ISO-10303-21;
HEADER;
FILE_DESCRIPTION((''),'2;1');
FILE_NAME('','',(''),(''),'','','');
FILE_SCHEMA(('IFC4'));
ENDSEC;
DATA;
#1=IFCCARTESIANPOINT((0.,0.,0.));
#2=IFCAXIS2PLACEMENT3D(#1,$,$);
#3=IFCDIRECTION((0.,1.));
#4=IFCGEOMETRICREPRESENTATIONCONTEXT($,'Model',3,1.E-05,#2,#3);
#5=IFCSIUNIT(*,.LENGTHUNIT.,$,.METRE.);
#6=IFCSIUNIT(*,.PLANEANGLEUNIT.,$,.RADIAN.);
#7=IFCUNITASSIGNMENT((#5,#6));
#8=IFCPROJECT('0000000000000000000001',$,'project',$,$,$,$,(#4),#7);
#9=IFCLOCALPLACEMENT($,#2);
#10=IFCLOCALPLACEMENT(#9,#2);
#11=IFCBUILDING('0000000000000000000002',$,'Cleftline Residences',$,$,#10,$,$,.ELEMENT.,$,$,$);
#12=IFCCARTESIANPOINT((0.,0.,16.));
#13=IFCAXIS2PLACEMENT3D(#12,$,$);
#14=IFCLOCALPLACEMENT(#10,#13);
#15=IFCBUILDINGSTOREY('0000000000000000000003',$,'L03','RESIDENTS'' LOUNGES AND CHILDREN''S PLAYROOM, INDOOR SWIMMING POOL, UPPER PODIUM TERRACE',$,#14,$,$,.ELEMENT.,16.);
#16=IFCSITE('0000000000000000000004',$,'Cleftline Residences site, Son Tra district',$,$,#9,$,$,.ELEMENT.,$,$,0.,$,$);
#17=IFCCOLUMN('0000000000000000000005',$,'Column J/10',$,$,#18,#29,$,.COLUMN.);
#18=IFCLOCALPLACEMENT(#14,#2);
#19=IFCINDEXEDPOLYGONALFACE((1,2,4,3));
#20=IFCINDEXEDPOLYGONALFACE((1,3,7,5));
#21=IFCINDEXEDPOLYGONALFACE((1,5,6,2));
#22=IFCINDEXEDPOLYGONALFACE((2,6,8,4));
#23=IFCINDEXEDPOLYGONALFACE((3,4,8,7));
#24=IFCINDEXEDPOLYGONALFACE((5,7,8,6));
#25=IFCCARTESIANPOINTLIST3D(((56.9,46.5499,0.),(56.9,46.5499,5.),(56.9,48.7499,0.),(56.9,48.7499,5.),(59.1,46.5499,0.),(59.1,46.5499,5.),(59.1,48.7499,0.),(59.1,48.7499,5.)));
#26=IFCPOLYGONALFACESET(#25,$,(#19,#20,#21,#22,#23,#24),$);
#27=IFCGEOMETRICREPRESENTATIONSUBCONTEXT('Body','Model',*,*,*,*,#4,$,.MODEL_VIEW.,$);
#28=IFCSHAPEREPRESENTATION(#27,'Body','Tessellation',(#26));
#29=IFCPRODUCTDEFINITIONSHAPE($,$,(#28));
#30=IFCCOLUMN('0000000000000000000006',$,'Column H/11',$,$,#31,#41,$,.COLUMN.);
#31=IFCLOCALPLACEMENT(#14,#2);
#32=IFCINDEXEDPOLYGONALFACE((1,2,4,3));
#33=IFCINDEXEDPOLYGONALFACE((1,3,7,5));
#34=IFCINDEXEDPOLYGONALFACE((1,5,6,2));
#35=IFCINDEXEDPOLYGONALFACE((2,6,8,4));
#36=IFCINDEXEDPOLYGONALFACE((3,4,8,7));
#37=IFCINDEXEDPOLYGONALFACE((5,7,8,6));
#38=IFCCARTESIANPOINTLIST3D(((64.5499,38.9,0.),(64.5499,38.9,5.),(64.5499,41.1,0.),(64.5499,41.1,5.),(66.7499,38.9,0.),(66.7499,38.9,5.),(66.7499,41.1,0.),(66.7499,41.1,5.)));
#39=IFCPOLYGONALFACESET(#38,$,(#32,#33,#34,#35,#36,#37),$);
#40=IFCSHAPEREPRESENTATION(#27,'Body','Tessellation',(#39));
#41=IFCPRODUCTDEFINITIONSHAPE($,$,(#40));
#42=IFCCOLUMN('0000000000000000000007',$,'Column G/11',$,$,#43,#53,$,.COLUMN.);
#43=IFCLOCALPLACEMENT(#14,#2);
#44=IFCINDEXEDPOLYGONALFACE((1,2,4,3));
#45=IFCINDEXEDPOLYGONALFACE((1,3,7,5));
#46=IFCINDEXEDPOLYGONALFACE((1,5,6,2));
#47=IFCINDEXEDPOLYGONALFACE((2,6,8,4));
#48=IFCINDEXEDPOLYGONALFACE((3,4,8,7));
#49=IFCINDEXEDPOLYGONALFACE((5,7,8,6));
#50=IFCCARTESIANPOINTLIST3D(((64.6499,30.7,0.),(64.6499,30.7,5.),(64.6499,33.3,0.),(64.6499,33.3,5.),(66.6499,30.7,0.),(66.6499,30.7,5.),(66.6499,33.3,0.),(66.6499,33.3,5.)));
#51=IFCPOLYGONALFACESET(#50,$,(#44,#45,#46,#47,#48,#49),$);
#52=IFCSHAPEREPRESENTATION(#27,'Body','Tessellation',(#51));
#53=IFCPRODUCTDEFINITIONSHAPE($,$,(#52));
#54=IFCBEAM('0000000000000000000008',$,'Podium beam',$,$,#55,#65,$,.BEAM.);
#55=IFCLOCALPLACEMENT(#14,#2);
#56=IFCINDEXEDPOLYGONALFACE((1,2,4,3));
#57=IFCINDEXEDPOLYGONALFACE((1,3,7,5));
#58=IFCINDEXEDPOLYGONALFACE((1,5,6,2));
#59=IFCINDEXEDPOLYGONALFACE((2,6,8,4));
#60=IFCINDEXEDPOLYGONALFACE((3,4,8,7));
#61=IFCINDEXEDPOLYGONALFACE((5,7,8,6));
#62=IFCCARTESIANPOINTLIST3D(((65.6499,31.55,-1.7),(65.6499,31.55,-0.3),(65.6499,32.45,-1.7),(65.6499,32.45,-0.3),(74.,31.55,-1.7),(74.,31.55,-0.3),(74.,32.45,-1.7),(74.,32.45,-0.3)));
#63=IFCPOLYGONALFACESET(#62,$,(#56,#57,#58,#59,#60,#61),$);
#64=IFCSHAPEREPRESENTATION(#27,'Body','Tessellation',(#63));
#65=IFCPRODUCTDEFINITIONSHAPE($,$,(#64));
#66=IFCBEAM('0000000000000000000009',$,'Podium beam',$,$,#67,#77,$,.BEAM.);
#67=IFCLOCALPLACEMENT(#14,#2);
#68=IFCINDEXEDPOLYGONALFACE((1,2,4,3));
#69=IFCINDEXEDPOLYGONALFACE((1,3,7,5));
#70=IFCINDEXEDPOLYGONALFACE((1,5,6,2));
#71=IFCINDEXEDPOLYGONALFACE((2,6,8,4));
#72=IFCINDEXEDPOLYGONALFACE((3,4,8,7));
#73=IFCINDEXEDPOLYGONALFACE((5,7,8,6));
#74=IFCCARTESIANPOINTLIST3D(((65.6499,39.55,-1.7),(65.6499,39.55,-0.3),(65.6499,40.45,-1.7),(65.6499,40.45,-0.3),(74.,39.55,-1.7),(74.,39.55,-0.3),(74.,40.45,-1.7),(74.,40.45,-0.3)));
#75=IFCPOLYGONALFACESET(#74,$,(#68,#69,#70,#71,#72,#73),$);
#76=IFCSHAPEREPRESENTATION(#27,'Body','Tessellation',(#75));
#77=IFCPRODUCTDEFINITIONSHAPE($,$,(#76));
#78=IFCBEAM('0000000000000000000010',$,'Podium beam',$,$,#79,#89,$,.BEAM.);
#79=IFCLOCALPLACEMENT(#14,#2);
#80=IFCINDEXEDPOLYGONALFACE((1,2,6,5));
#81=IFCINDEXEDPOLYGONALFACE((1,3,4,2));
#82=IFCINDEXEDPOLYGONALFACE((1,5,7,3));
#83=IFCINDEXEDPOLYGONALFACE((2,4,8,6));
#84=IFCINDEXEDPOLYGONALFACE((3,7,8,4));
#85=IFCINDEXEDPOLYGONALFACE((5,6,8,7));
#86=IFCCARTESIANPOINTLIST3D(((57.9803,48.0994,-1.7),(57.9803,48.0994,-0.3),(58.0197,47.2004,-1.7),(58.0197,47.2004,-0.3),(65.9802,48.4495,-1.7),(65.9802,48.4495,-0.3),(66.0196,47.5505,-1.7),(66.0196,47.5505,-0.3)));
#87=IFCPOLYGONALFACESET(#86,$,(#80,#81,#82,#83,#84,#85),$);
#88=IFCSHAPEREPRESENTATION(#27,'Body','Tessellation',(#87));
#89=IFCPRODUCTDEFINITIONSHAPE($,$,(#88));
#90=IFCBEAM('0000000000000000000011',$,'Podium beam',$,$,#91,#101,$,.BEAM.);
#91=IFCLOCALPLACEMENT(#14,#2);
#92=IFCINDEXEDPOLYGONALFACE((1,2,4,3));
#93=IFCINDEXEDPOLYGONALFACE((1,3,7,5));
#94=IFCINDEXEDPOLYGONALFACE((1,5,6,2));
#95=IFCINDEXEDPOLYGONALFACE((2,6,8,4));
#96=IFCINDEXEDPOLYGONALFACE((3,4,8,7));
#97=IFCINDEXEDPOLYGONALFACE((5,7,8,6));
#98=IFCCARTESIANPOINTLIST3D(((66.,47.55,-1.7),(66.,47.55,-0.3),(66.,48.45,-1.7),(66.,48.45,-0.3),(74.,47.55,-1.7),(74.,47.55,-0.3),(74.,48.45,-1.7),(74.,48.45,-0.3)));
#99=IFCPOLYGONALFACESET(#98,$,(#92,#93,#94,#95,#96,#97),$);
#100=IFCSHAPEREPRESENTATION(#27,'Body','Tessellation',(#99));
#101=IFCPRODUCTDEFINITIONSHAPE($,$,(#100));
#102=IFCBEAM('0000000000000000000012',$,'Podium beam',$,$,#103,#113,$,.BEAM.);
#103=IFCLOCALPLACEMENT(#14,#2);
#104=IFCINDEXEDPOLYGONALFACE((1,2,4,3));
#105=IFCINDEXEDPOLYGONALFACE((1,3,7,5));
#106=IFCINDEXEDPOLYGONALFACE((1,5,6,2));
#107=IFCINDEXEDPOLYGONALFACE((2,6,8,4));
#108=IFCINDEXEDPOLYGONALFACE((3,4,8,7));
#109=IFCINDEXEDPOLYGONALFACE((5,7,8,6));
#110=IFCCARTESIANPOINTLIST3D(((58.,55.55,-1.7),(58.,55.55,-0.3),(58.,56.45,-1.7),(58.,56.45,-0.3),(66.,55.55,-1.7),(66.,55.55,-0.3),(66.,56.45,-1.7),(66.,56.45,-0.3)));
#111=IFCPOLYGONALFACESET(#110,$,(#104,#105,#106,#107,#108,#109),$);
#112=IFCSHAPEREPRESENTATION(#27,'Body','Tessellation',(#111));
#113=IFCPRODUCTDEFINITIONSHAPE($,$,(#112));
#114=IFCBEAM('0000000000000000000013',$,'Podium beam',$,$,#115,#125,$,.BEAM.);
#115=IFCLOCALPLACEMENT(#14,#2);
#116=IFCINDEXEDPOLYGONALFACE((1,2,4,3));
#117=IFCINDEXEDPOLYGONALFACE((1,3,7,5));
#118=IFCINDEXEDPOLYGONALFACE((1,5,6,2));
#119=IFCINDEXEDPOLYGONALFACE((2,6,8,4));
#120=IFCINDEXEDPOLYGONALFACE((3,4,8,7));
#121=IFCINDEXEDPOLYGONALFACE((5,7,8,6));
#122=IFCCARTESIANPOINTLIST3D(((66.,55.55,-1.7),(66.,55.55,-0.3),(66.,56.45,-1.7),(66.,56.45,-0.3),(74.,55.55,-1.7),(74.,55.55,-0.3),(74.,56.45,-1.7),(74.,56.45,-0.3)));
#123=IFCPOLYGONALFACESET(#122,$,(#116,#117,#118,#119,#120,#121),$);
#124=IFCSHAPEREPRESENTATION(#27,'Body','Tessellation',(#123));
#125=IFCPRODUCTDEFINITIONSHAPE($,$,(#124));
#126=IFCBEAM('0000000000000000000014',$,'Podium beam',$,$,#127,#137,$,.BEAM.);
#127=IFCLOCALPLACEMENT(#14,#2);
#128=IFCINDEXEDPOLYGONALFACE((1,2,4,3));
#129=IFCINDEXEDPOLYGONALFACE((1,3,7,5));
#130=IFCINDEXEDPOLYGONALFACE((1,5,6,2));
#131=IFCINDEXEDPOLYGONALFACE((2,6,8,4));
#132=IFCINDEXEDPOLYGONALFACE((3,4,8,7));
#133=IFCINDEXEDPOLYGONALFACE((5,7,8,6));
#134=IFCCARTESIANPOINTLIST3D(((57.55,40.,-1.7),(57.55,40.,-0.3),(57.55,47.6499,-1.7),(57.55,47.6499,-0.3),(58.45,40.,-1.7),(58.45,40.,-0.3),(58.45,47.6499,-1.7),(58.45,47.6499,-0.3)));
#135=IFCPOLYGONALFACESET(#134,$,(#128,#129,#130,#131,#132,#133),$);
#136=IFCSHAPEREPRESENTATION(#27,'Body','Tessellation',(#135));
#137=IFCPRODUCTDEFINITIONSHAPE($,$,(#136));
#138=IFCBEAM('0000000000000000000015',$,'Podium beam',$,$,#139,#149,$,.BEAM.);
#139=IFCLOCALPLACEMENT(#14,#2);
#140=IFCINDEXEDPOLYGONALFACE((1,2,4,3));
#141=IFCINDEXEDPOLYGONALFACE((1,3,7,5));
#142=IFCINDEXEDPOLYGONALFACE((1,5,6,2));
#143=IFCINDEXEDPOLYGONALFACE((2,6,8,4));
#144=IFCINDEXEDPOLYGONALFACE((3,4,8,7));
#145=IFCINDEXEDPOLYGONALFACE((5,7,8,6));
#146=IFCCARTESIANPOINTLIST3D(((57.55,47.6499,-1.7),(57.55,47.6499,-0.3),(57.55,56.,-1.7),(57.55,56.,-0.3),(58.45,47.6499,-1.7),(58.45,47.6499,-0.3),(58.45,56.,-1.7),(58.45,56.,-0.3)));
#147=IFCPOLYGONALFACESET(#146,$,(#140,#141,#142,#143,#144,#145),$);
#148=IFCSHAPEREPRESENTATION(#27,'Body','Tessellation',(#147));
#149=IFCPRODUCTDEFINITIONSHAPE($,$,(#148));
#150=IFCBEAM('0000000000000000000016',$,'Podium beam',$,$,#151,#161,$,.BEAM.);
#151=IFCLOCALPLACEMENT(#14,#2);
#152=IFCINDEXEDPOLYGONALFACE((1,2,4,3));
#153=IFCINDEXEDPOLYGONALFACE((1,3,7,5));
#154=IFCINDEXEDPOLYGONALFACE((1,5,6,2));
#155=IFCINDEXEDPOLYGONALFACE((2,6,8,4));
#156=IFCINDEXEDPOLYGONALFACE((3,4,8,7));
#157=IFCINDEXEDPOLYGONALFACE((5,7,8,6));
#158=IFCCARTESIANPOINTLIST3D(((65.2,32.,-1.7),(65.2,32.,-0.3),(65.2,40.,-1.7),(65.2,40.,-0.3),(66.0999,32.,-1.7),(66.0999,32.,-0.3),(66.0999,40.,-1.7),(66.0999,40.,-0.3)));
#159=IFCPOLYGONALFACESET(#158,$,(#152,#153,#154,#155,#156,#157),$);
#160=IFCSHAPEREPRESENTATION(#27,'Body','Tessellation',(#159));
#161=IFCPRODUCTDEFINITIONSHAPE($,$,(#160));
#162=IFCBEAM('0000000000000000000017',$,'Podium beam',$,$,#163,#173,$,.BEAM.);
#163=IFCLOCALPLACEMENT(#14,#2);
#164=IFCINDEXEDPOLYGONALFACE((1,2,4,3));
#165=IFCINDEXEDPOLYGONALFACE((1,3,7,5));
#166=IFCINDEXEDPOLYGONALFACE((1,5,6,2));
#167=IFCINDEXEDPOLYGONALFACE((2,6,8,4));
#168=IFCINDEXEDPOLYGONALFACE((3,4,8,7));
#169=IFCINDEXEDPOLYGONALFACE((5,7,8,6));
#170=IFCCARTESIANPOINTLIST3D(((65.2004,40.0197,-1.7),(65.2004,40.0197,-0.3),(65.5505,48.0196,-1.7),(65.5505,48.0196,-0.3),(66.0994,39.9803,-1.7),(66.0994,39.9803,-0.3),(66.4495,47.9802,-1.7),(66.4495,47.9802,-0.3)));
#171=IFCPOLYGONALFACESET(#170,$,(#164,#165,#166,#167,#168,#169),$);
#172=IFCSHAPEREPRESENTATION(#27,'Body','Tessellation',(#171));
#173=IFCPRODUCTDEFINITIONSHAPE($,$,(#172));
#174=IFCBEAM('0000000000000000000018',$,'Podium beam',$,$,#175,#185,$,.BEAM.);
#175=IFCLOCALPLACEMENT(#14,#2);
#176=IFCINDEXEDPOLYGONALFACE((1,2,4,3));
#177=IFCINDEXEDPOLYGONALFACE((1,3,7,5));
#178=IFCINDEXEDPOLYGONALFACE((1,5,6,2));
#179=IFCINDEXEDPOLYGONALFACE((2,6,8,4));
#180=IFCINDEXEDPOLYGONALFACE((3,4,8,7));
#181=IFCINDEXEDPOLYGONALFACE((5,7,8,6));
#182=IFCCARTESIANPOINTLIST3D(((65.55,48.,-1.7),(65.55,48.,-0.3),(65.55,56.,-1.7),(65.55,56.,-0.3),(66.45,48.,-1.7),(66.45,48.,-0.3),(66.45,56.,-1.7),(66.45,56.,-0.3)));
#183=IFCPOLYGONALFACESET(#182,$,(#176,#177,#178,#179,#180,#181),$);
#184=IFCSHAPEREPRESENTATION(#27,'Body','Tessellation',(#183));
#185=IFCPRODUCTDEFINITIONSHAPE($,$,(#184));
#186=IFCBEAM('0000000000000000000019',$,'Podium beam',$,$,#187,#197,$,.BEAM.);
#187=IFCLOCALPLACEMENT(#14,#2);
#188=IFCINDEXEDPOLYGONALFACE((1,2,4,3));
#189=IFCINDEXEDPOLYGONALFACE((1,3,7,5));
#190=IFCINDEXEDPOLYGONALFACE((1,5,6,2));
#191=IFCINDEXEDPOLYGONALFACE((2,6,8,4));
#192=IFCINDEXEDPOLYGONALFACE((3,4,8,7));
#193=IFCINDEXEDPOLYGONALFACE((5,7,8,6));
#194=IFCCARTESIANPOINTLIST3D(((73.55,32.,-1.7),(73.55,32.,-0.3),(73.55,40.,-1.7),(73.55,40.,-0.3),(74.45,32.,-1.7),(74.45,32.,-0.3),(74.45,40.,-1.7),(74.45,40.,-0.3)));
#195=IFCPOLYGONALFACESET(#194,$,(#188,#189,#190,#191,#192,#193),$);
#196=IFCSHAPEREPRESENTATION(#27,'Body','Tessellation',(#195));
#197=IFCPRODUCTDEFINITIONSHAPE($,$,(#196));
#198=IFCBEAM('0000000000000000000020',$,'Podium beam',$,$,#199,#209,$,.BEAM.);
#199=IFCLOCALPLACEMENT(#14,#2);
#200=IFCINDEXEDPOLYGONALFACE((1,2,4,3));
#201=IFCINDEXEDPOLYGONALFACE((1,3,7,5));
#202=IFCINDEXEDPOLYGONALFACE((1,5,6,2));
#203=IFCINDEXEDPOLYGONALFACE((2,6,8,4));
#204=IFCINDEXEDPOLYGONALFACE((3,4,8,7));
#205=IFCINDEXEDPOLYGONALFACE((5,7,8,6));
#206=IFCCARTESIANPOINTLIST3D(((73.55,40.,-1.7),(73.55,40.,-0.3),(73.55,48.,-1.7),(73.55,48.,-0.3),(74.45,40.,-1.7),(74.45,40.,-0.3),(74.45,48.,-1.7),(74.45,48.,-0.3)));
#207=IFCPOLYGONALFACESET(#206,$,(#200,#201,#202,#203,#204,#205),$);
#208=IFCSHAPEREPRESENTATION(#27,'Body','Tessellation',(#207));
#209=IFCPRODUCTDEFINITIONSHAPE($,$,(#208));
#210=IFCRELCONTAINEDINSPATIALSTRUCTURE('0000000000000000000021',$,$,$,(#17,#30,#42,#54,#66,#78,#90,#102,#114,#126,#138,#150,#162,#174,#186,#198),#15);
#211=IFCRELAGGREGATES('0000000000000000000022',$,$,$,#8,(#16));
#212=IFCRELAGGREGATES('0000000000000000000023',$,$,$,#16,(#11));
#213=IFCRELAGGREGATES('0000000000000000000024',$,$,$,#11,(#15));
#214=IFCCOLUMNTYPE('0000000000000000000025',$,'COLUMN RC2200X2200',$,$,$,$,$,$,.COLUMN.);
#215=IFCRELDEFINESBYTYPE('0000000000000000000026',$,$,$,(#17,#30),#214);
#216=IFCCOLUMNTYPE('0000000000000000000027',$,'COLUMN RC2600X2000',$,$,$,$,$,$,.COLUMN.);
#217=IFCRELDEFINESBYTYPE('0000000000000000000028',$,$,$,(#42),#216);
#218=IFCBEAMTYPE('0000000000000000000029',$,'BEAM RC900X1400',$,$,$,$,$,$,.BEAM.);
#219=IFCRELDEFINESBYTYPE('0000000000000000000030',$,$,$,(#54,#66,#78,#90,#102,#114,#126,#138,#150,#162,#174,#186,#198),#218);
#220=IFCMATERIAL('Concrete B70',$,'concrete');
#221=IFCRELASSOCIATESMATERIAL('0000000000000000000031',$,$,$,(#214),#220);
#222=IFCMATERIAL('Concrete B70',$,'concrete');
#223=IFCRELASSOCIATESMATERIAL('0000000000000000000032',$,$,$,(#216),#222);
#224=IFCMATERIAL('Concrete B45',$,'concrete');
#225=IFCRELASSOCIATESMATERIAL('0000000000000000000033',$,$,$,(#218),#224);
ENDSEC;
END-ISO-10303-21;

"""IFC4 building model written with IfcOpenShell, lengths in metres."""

from ifc_helpers import new_model, si_unit, direction, frame, origin, origin_2d, place, context, subcontext, project, spatial, rectangle, extrude, material, material_profile, profile_set, type_object, element, save


model = new_model("IFC4")

# Units and contexts
model_context = context("Model", 3, precision=1e-05, world=origin(), true_north=direction((0.0, 1.0)))
body_context = subcontext(model_context, "Body", "Model", "MODEL_VIEW")
ifc_project = project(units=[si_unit("LENGTHUNIT", "METRE"), si_unit("PLANEANGLEUNIT", "RADIAN")], contexts=[model_context])

# Site, building, storey
site_placement = place(None, origin())
site = spatial("IfcSite", under=ifc_project, at=site_placement, Name="Cleftline Residences site, Son Tra district", CompositionType="ELEMENT", RefElevation=0.0)
building_placement = place(site_placement, origin())
building = spatial("IfcBuilding", under=site, at=building_placement, Name="Cleftline Residences", CompositionType="ELEMENT")
storey_placement = place(building_placement, frame((0.0, 0.0, 16.0)))
storey = spatial("IfcBuildingStorey", under=building, at=storey_placement, Name="L03", Description="RESIDENTS' LOUNGES AND CHILDREN'S PLAYROOM, INDOOR SWIMMING POOL, UPPER PODIUM TERRACE", CompositionType="ELEMENT", Elevation=16.0)

# Columns
ifc_material_1 = material(Name="Concrete B70", Category="concrete")
ifc_material_profile_1 = material_profile(ifc_material_1, rectangle(XDim=2.2, YDim=2.2, at=origin_2d()))
ifc_profile_set_1 = profile_set([ifc_material_profile_1], Name="Concrete B70")
column_type_1 = type_object("IfcColumnType", Name="COLUMN RC2200X2200", PredefinedType="COLUMN", material=ifc_profile_set_1)
for number, where, z_axis, x_axis, name in (
    (1, (58.0, 47.6499, 0.0), (0.0, 0.0, 1.0), (1.0, 0.0, 0.0), "Column J/10"),
    (2, (65.6499, 40.0, 0.0), (0.0, 0.0, 1.0), (1.0, 0.0, 0.0), "Column H/11"),
):
    element("IfcColumn", number, at=place(storey_placement, frame(where, z_axis=z_axis, x_axis=x_axis)), inside=storey, type_object=column_type_1, Name=name, PredefinedType="COLUMN", context=body_context, shape_type="SweptSolid", body=[
        extrude(rectangle(XDim=2.2, YDim=2.2, at=origin_2d()), origin(), (0.0, 0.0, 1.0), 5.0),
    ])
ifc_material_2 = material(Name="Concrete B70", Category="concrete")
ifc_material_profile_2 = material_profile(ifc_material_2, rectangle(XDim=2.6001, YDim=2.0, at=origin_2d()))
ifc_profile_set_2 = profile_set([ifc_material_profile_2], Name="Concrete B70")
column_type_2 = type_object("IfcColumnType", Name="COLUMN RC2600X2000", PredefinedType="COLUMN", material=ifc_profile_set_2)
column_placement = place(storey_placement, frame((65.6499, 32.0, 0.0), z_axis=(0.0, 0.0, 1.0), x_axis=(0.0, 1.0, 0.0)))
element("IfcColumn", 3, at=column_placement, inside=storey, type_object=column_type_2, Name="Column G/11", PredefinedType="COLUMN", context=body_context, shape_type="SweptSolid", body=[
    extrude(rectangle(XDim=2.6001, YDim=2.0, at=origin_2d()), origin(), (0.0, 0.0, 1.0), 5.0),
])

# Beams
ifc_material_3 = material(Name="Concrete B45", Category="concrete")
ifc_material_profile_3 = material_profile(ifc_material_3, rectangle(XDim=0.8999, YDim=1.3999, at=origin_2d()))
ifc_profile_set_3 = profile_set([ifc_material_profile_3], Name="Concrete B45")
beam_type = type_object("IfcBeamType", Name="BEAM RC900X1400", PredefinedType="BEAM", material=ifc_profile_set_3)
for number, where, z_axis, x_axis, name in (
    (4, (65.6499, 32.0, -1.0), (1.0, 0.0, 0.0), (0.0, 1.0, 0.0), "Podium beam"),
    (5, (65.6499, 40.0, -1.0), (1.0, 0.0, 0.0), (0.0, 1.0, 0.0), "Podium beam"),
):
    element("IfcBeam", number, at=place(storey_placement, frame(where, z_axis=z_axis, x_axis=x_axis)), inside=storey, type_object=beam_type, Name=name, PredefinedType="BEAM", context=body_context, shape_type="SweptSolid", body=[
        extrude(rectangle(XDim=0.8999, YDim=1.3999, at=origin_2d()), origin(), (0.0, 0.0, 1.0), 8.3501),
    ])
beam_1_placement = place(storey_placement, frame((58.0, 47.6499, -1.0), z_axis=(0.999044, 0.04372, 0.0), x_axis=(-0.04372, 0.999044, 0.0)))
element("IfcBeam", 6, at=beam_1_placement, inside=storey, type_object=beam_type, Name="Podium beam", PredefinedType="BEAM", context=body_context, shape_type="SweptSolid", body=[
    extrude(rectangle(XDim=0.8999, YDim=1.3999, at=origin_2d()), origin(), (0.0, 0.0, 1.0), 8.0076),
])
for number, where, z_axis, x_axis, name in (
    (7, (66.0, 48.0, -1.0), (1.0, 0.0, 0.0), (0.0, 1.0, 0.0), "Podium beam"),
    (8, (58.0, 56.0, -1.0), (1.0, 0.0, 0.0), (0.0, 1.0, 0.0), "Podium beam"),
    (9, (66.0, 56.0, -1.0), (1.0, 0.0, 0.0), (0.0, 1.0, 0.0), "Podium beam"),
):
    element("IfcBeam", number, at=place(storey_placement, frame(where, z_axis=z_axis, x_axis=x_axis)), inside=storey, type_object=beam_type, Name=name, PredefinedType="BEAM", context=body_context, shape_type="SweptSolid", body=[
        extrude(rectangle(XDim=0.8999, YDim=1.3999, at=origin_2d()), origin(), (0.0, 0.0, 1.0), 8.0),
    ])
beam_2_placement = place(storey_placement, frame((58.0, 40.0, -1.0), z_axis=(0.0, 1.0, 0.0), x_axis=(-1.0, 0.0, 0.0)))
element("IfcBeam", 10, at=beam_2_placement, inside=storey, type_object=beam_type, Name="Podium beam", PredefinedType="BEAM", context=body_context, shape_type="SweptSolid", body=[
    extrude(rectangle(XDim=0.8999, YDim=1.3999, at=origin_2d()), origin(), (0.0, 0.0, 1.0), 7.6499),
])
beam_3_placement = place(storey_placement, frame((58.0, 47.6499, -1.0), z_axis=(0.0, 1.0, 0.0), x_axis=(-1.0, 0.0, 0.0)))
element("IfcBeam", 11, at=beam_3_placement, inside=storey, type_object=beam_type, Name="Podium beam", PredefinedType="BEAM", context=body_context, shape_type="SweptSolid", body=[
    extrude(rectangle(XDim=0.8999, YDim=1.3999, at=origin_2d()), origin(), (0.0, 0.0, 1.0), 8.3501),
])
beam_4_placement = place(storey_placement, frame((65.6499, 32.0, -1.0), z_axis=(0.0, 1.0, 0.0), x_axis=(-1.0, 0.0, 0.0)))
element("IfcBeam", 12, at=beam_4_placement, inside=storey, type_object=beam_type, Name="Podium beam", PredefinedType="BEAM", context=body_context, shape_type="SweptSolid", body=[
    extrude(rectangle(XDim=0.8999, YDim=1.3999, at=origin_2d()), origin(), (0.0, 0.0, 1.0), 8.0),
])
beam_5_placement = place(storey_placement, frame((65.6499, 40.0, -1.0), z_axis=(0.04372, 0.999044, 0.0), x_axis=(-0.999044, 0.04372, 0.0)))
element("IfcBeam", 13, at=beam_5_placement, inside=storey, type_object=beam_type, Name="Podium beam", PredefinedType="BEAM", context=body_context, shape_type="SweptSolid", body=[
    extrude(rectangle(XDim=0.8999, YDim=1.3999, at=origin_2d()), origin(), (0.0, 0.0, 1.0), 8.0076),
])
for number, where, z_axis, x_axis, name in (
    (14, (66.0, 48.0, -1.0), (0.0, 1.0, 0.0), (-1.0, 0.0, 0.0), "Podium beam"),
    (15, (74.0, 32.0, -1.0), (0.0, 1.0, 0.0), (-1.0, 0.0, 0.0), "Podium beam"),
    (16, (74.0, 40.0, -1.0), (0.0, 1.0, 0.0), (-1.0, 0.0, 0.0), "Podium beam"),
):
    element("IfcBeam", number, at=place(storey_placement, frame(where, z_axis=z_axis, x_axis=x_axis)), inside=storey, type_object=beam_type, Name=name, PredefinedType="BEAM", context=body_context, shape_type="SweptSolid", body=[
        extrude(rectangle(XDim=0.8999, YDim=1.3999, at=origin_2d()), origin(), (0.0, 0.0, 1.0), 8.0),
    ])

save(model, "model.ifc")
